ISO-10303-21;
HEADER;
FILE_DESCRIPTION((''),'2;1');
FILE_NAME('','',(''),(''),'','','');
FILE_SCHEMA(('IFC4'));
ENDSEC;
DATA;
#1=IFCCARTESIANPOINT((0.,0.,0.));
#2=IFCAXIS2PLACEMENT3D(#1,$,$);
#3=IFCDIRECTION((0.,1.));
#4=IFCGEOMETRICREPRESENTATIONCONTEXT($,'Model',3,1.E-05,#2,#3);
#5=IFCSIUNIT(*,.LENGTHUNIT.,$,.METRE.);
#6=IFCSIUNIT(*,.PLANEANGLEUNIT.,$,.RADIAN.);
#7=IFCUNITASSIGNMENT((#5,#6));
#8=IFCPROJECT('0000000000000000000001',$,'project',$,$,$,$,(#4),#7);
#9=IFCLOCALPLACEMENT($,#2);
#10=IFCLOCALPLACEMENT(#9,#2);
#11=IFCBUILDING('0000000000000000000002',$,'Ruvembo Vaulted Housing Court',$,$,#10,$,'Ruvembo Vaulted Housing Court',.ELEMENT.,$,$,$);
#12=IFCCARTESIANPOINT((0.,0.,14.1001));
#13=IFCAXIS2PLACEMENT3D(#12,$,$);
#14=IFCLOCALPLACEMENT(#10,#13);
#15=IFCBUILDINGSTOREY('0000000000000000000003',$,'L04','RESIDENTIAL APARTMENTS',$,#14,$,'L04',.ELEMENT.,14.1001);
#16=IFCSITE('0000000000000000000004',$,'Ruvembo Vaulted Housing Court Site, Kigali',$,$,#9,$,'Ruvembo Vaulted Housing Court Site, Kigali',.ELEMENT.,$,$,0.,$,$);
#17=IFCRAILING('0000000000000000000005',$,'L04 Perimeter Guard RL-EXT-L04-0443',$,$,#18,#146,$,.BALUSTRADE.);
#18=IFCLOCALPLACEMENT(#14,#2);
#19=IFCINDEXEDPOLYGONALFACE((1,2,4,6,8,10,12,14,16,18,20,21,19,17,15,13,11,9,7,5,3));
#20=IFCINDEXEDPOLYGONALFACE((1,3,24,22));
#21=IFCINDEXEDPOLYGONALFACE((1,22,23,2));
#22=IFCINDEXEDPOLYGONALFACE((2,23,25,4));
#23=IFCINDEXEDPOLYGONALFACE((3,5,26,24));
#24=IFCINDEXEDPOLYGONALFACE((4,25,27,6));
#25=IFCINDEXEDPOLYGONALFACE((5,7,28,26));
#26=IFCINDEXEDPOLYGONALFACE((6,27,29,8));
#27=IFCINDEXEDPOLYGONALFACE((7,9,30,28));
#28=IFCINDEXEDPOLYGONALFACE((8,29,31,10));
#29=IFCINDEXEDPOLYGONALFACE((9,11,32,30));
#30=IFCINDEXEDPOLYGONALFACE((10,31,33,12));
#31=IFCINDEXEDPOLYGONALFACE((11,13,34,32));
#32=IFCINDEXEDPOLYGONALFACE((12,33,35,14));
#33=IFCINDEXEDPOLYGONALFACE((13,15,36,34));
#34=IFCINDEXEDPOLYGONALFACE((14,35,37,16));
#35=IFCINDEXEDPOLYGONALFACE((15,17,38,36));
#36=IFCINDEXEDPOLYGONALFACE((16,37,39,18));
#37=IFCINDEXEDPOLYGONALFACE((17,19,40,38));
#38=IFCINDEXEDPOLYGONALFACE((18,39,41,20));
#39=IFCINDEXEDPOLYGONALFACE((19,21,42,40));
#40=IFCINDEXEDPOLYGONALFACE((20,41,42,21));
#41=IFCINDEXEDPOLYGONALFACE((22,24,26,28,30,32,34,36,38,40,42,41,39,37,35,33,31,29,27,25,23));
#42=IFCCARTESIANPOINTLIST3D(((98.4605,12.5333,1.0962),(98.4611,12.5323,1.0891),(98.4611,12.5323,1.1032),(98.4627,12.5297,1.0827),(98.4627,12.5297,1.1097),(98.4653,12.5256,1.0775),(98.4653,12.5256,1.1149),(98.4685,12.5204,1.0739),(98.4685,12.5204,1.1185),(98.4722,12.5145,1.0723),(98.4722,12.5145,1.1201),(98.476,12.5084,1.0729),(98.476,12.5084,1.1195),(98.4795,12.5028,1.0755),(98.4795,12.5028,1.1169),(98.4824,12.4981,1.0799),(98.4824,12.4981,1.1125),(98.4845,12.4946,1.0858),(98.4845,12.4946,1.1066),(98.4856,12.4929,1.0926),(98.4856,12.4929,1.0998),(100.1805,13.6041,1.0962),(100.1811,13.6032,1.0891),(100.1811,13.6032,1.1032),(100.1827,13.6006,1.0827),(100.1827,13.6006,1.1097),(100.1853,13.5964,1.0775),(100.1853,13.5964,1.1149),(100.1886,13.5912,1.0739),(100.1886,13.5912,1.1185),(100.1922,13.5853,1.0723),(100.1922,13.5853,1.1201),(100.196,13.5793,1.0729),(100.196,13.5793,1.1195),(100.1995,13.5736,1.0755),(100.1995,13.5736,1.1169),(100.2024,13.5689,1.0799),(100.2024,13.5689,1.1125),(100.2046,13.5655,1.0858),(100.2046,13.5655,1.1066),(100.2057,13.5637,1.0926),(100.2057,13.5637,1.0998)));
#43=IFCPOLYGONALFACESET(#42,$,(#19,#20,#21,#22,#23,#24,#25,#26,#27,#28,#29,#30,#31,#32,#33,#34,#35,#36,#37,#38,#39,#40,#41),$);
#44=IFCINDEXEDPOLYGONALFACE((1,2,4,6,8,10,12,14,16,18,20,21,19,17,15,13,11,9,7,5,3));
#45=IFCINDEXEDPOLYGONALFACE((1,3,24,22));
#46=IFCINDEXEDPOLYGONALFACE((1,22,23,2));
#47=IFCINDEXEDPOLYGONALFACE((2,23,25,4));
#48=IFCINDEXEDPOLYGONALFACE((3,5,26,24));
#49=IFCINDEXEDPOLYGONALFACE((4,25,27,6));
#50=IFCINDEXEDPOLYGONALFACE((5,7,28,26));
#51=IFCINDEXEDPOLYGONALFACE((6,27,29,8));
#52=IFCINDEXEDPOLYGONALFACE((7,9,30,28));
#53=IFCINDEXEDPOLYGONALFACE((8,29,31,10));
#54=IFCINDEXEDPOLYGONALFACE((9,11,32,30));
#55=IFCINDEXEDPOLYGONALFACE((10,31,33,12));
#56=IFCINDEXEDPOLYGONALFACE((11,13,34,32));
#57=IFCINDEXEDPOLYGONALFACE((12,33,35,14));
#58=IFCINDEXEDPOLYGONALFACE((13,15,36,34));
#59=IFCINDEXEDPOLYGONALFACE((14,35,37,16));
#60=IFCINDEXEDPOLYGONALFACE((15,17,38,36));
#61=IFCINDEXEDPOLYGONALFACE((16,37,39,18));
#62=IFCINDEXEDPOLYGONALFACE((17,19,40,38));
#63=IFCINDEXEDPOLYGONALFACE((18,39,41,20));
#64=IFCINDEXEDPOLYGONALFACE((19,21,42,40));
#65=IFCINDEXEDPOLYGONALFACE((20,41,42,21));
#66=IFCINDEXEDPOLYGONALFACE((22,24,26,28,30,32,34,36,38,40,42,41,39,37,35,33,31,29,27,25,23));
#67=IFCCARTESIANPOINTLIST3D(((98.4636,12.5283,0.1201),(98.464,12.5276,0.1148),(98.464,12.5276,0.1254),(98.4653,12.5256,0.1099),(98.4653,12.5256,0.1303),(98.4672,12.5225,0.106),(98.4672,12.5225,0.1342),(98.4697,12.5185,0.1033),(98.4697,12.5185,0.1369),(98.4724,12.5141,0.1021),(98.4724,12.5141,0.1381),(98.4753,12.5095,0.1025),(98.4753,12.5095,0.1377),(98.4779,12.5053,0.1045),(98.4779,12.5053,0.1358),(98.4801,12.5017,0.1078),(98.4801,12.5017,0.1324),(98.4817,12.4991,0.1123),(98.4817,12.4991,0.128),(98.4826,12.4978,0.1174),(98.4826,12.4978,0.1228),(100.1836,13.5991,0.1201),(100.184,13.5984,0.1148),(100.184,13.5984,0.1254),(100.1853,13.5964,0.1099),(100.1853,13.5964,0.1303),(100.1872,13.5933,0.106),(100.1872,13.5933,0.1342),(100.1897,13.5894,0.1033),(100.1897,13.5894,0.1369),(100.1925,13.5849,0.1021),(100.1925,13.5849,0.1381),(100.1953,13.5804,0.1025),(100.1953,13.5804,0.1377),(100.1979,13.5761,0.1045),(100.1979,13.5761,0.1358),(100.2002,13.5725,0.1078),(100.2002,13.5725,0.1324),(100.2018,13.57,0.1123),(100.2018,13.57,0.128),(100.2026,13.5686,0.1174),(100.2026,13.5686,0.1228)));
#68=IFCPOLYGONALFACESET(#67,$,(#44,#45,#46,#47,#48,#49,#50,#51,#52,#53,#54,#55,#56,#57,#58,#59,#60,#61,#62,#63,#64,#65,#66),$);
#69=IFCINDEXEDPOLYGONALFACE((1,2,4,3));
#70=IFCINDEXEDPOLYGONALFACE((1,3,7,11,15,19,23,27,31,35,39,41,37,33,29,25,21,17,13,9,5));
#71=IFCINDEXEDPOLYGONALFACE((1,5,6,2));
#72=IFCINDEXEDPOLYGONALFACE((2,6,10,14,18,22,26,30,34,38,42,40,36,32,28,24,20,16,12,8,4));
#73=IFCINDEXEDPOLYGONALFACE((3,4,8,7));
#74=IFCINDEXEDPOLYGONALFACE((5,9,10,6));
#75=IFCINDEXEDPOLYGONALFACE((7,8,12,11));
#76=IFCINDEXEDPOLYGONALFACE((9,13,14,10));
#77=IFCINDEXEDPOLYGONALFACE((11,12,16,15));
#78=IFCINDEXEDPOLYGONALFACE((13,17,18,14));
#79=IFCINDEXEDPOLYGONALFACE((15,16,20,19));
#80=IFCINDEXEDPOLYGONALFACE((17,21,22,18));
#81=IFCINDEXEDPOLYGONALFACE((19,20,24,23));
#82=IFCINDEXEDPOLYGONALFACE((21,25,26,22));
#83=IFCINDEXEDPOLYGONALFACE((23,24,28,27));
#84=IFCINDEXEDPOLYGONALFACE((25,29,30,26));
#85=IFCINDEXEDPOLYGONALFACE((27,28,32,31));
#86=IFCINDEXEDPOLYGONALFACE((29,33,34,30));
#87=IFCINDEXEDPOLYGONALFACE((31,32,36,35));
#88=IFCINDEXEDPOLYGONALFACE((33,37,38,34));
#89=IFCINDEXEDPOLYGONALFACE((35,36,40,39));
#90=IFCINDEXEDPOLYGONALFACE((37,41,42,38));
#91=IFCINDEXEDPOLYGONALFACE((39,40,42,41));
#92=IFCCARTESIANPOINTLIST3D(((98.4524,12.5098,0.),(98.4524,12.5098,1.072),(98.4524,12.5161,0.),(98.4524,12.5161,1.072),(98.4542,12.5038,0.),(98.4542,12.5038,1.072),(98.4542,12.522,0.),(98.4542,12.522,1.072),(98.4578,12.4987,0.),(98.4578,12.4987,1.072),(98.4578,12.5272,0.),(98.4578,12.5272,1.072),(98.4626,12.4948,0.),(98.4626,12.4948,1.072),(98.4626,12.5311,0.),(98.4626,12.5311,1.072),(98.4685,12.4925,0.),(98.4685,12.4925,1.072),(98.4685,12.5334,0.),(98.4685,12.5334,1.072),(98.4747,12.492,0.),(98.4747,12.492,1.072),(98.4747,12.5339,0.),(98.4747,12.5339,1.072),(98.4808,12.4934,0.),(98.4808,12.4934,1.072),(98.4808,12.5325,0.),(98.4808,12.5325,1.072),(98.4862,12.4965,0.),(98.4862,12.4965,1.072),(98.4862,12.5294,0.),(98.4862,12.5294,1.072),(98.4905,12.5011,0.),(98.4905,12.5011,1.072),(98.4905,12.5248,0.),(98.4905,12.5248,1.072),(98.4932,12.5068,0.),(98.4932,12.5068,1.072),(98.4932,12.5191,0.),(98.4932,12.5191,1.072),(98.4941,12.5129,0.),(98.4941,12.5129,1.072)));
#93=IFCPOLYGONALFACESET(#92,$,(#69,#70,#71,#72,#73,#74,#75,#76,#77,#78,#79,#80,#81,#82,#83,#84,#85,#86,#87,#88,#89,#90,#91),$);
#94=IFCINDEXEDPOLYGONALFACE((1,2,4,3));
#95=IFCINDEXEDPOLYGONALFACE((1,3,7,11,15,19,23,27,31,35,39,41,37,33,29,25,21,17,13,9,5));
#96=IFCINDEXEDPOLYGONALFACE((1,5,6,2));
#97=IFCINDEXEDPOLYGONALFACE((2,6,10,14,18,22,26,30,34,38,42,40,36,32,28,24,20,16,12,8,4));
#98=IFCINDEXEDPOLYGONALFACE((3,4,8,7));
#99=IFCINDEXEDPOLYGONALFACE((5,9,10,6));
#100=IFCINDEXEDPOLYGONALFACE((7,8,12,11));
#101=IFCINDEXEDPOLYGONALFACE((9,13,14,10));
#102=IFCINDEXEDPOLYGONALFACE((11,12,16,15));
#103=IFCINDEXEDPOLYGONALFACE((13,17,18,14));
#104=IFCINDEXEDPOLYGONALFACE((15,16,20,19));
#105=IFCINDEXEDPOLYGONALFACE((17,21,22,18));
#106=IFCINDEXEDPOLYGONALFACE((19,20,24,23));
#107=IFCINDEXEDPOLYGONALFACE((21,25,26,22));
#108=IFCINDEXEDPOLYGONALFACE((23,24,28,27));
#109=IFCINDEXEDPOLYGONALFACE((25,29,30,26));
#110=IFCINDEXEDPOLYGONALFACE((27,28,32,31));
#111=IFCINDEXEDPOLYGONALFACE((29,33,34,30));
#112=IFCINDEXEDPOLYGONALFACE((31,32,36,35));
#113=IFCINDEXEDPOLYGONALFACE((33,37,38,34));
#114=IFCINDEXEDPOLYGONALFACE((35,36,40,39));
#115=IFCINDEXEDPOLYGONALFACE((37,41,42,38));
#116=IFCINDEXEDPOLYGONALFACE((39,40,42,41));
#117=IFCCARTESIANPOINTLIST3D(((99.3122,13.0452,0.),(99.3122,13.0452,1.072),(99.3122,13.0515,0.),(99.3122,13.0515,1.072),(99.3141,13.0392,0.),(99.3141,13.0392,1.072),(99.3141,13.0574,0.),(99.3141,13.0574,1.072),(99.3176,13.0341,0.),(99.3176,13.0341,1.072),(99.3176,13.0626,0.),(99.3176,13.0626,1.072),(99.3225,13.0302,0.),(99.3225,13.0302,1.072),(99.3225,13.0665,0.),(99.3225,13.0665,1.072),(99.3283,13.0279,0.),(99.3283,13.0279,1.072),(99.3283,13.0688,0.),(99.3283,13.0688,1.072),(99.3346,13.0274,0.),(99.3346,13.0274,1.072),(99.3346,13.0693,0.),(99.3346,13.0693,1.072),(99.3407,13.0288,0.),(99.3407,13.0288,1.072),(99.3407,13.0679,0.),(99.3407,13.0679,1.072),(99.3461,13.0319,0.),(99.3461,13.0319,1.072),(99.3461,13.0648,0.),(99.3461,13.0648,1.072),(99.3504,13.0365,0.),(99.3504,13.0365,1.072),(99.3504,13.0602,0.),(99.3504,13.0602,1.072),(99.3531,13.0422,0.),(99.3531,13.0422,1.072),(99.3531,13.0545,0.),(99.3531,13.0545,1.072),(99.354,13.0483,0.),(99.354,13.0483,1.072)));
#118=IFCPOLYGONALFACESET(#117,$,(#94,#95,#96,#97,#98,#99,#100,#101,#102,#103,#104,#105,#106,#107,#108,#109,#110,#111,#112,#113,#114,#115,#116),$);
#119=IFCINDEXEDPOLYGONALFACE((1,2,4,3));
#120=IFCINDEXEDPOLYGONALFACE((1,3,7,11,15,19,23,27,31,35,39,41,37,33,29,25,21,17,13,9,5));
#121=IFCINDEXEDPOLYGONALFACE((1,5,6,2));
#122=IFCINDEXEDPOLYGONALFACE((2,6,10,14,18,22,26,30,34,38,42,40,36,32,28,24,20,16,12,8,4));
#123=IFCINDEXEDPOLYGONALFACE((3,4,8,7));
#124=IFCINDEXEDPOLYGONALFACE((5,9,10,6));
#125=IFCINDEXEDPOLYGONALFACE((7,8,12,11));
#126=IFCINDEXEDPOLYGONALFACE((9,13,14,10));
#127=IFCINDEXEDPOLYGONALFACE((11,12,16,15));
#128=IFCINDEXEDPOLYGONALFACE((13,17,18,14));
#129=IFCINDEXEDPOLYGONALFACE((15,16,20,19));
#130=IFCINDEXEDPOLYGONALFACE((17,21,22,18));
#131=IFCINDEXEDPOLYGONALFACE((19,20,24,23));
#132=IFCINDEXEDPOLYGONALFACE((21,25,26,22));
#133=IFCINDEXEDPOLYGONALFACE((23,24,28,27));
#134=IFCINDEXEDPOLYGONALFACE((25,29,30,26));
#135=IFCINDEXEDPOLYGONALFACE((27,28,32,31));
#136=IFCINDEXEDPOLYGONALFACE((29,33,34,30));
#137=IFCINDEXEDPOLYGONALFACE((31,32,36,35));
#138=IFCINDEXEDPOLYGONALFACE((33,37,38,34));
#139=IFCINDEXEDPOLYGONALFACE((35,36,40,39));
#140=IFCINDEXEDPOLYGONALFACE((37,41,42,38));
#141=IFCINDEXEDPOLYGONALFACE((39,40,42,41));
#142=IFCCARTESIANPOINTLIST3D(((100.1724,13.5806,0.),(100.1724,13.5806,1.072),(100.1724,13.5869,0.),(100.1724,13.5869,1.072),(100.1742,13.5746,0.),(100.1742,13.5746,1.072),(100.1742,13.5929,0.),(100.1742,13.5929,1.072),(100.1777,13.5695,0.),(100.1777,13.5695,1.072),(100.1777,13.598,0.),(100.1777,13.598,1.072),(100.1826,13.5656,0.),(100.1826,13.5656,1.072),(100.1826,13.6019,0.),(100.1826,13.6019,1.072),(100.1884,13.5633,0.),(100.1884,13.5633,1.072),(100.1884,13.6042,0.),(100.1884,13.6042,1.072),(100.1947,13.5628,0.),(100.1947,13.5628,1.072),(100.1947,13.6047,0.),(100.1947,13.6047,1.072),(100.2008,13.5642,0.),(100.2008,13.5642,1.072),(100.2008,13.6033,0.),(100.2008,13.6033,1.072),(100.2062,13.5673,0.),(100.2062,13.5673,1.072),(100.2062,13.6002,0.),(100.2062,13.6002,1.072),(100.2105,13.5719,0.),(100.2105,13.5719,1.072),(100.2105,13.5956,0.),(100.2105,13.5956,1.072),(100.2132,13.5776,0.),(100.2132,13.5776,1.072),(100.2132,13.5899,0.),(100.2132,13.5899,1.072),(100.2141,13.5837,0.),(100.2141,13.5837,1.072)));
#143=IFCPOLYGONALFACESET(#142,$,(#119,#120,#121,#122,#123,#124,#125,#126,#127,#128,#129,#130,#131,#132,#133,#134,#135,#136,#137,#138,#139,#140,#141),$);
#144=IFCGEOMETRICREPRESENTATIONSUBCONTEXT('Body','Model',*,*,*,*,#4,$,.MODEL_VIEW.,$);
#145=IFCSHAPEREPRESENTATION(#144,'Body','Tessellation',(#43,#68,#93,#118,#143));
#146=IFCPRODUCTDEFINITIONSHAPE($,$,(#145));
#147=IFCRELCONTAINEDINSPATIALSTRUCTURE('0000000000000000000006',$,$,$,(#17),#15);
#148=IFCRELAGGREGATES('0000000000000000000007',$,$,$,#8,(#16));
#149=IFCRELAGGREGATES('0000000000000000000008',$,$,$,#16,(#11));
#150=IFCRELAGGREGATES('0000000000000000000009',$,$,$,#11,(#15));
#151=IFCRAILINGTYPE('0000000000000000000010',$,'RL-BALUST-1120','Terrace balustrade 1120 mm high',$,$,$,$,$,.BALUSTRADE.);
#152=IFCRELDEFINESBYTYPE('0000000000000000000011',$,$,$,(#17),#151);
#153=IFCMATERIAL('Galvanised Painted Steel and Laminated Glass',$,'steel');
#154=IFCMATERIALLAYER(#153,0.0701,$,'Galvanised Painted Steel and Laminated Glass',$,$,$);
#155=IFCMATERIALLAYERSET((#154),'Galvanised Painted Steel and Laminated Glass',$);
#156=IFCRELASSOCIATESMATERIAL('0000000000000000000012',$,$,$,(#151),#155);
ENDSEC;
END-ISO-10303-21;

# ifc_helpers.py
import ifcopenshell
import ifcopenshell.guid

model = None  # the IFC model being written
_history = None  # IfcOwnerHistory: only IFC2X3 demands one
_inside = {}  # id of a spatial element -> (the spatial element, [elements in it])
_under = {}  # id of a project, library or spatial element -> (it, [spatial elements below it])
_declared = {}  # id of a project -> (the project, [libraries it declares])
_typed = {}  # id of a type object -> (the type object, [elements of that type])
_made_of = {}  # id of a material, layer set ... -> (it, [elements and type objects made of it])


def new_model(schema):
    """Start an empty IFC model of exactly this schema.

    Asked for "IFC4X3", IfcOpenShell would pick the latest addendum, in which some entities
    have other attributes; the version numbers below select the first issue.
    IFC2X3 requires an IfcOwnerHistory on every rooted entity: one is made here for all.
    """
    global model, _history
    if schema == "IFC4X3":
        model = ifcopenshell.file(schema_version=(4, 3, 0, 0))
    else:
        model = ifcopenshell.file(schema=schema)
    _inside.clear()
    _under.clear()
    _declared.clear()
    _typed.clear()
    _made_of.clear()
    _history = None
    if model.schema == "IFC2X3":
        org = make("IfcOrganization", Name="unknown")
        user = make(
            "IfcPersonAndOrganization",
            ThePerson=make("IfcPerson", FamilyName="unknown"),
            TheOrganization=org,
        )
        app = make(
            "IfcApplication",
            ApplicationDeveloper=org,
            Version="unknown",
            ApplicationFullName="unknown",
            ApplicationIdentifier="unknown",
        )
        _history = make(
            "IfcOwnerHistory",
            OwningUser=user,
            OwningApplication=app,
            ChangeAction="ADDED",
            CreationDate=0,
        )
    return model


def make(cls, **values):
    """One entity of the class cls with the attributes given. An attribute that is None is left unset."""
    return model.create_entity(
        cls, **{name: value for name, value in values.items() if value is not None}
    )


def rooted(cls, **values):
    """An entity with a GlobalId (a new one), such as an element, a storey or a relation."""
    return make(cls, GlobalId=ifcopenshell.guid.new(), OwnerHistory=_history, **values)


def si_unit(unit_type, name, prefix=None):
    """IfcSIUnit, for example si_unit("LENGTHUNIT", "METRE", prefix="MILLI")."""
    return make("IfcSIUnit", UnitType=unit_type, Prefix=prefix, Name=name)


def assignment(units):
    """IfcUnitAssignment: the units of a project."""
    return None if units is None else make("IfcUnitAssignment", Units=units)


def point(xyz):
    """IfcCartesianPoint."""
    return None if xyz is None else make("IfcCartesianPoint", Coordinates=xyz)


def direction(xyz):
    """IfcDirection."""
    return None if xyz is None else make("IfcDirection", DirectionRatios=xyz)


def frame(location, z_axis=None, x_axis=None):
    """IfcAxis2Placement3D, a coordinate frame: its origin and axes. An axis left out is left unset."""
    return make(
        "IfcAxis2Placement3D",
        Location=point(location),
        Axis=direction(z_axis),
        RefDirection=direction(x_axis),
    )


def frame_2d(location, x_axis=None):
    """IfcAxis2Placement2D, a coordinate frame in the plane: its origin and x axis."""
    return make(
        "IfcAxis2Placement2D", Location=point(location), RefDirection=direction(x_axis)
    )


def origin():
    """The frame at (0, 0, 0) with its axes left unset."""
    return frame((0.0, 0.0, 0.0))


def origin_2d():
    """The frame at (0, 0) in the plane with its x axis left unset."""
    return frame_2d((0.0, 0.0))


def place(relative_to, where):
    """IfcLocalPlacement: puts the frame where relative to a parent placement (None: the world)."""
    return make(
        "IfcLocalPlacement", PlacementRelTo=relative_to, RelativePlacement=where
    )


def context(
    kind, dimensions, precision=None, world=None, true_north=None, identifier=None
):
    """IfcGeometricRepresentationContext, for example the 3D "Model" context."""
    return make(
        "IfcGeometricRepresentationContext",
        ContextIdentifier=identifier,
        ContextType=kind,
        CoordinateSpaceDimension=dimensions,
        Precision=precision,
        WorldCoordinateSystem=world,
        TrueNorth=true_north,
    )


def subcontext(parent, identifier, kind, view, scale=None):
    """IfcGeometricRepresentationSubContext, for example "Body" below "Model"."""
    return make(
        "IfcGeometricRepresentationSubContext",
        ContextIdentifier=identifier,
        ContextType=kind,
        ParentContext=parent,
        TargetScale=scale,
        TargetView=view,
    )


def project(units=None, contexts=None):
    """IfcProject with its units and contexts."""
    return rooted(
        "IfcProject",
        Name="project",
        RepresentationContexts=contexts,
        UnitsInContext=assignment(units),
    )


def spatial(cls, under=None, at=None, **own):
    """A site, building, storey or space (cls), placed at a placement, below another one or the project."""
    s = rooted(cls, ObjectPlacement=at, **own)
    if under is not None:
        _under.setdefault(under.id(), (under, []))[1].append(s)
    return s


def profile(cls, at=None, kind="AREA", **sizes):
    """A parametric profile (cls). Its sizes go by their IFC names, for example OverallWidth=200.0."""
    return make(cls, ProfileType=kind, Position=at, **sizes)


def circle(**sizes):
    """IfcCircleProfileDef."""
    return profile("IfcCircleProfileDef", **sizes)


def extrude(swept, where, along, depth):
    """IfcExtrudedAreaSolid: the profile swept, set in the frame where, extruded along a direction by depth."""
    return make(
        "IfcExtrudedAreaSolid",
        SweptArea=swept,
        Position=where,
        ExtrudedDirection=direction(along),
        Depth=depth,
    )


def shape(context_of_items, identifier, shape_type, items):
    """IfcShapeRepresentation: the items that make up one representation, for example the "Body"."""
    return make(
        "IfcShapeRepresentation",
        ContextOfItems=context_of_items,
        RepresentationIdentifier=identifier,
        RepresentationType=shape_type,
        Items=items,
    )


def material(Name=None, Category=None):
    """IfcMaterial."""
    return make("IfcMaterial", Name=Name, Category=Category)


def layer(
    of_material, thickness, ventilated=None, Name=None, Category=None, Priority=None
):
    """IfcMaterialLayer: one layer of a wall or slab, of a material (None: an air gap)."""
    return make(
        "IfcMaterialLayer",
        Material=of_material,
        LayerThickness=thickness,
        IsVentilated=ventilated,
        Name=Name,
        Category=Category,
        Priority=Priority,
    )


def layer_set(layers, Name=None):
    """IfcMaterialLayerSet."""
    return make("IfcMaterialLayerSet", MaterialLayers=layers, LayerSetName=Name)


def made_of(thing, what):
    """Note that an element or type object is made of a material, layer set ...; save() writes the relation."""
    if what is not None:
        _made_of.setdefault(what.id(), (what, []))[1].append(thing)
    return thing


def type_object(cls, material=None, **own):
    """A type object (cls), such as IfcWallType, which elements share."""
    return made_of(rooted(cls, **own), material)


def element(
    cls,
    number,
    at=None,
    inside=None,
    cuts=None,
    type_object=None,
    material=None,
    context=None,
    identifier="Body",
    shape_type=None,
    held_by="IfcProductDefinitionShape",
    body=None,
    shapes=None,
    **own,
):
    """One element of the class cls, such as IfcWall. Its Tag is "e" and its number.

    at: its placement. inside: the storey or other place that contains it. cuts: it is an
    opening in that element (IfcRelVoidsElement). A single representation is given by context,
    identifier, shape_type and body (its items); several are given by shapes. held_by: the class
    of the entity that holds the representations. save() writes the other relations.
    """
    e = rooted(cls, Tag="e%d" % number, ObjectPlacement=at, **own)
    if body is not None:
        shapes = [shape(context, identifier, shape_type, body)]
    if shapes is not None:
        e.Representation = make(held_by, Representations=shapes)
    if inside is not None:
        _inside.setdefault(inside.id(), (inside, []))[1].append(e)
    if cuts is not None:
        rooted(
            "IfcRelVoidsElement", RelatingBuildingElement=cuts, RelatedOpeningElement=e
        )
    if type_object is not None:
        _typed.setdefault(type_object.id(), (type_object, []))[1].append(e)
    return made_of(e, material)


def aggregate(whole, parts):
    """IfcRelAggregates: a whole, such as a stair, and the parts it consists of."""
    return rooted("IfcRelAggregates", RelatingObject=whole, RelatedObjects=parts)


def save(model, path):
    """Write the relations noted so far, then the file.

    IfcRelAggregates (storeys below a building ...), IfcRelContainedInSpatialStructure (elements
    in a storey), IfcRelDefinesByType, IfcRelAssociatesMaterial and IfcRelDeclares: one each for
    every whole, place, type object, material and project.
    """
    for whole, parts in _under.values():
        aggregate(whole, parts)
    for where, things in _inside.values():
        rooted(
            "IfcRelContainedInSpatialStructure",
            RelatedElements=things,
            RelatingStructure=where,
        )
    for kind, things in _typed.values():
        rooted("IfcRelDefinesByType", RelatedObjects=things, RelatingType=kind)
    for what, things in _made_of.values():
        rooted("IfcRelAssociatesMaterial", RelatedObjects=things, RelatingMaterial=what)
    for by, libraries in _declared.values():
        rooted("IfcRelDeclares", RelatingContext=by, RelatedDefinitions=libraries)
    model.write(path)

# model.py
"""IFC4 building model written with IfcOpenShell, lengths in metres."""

from ifc_helpers import new_model, si_unit, direction, frame, origin, origin_2d, place, context, subcontext, project, spatial, circle, extrude, material, layer, layer_set, type_object, element, save


model = new_model("IFC4")

# Units and contexts
model_context = context("Model", 3, precision=1e-05, world=origin(), true_north=direction((0.0, 1.0)))
body_context = subcontext(model_context, "Body", "Model", "MODEL_VIEW")
ifc_project = project(units=[si_unit("LENGTHUNIT", "METRE"), si_unit("PLANEANGLEUNIT", "RADIAN")], contexts=[model_context])

# Site, building, storey
site_placement = place(None, origin())
site = spatial("IfcSite", under=ifc_project, at=site_placement, Name="Ruvembo Vaulted Housing Court Site, Kigali", LongName="Ruvembo Vaulted Housing Court Site, Kigali", CompositionType="ELEMENT", RefElevation=0.0)
building_placement = place(site_placement, origin())
building = spatial("IfcBuilding", under=site, at=building_placement, Name="Ruvembo Vaulted Housing Court", LongName="Ruvembo Vaulted Housing Court", CompositionType="ELEMENT")
storey_placement = place(building_placement, frame((0.0, 0.0, 14.1001)))
storey = spatial("IfcBuildingStorey", under=building, at=storey_placement, Name="L04", Description="RESIDENTIAL APARTMENTS", LongName="L04", CompositionType="ELEMENT", Elevation=14.1001)

# Railing
ifc_material_1 = material(Name="Galvanised Painted Steel and Laminated Glass", Category="steel")
ifc_layer_1 = layer(ifc_material_1, 0.0701, Name="Galvanised Painted Steel and Laminated Glass")
ifc_layer_set_1 = layer_set([ifc_layer_1], Name="Galvanised Painted Steel and Laminated Glass")
railing_type_1 = type_object("IfcRailingType", Name="RL-BALUST-1120", Description="Terrace balustrade 1120 mm high", PredefinedType="BALUSTRADE", material=ifc_layer_set_1)
railing_1_placement = place(storey_placement, frame((98.4731, 12.5129, 0.0)))
element("IfcRailing", 1, at=railing_1_placement, inside=storey, type_object=railing_type_1, Name="L04 Perimeter Guard RL-EXT-L04-0443", PredefinedType="BALUSTRADE", context=body_context, shape_type="SweptSolid", body=[
    extrude(circle(Radius=0.0239, at=origin_2d()), frame((0.0, 0.0, 1.0962), z_axis=(0.848924, 0.528514, 0.0), x_axis=(-0.528514, 0.848924, 0.0)), (0.0, 0.0, 1.0), 2.0261),
    extrude(circle(Radius=0.0181, at=origin_2d()), frame((0.0, 0.0, 0.1201), z_axis=(0.848924, 0.528514, 0.0), x_axis=(-0.528514, 0.848924, 0.0)), (0.0, 0.0, 1.0), 2.0261),
    extrude(circle(Radius=0.021, at=origin_2d()), origin(), (0.0, 0.0, 1.0), 1.072),
    extrude(circle(Radius=0.021, at=origin_2d()), frame((0.8599, 0.5354, 0.0)), (0.0, 0.0, 1.0), 1.072),
    extrude(circle(Radius=0.021, at=origin_2d()), frame((1.72, 1.0708, 0.0)), (0.0, 0.0, 1.0), 1.072),
])

save(model, "model.ifc")
